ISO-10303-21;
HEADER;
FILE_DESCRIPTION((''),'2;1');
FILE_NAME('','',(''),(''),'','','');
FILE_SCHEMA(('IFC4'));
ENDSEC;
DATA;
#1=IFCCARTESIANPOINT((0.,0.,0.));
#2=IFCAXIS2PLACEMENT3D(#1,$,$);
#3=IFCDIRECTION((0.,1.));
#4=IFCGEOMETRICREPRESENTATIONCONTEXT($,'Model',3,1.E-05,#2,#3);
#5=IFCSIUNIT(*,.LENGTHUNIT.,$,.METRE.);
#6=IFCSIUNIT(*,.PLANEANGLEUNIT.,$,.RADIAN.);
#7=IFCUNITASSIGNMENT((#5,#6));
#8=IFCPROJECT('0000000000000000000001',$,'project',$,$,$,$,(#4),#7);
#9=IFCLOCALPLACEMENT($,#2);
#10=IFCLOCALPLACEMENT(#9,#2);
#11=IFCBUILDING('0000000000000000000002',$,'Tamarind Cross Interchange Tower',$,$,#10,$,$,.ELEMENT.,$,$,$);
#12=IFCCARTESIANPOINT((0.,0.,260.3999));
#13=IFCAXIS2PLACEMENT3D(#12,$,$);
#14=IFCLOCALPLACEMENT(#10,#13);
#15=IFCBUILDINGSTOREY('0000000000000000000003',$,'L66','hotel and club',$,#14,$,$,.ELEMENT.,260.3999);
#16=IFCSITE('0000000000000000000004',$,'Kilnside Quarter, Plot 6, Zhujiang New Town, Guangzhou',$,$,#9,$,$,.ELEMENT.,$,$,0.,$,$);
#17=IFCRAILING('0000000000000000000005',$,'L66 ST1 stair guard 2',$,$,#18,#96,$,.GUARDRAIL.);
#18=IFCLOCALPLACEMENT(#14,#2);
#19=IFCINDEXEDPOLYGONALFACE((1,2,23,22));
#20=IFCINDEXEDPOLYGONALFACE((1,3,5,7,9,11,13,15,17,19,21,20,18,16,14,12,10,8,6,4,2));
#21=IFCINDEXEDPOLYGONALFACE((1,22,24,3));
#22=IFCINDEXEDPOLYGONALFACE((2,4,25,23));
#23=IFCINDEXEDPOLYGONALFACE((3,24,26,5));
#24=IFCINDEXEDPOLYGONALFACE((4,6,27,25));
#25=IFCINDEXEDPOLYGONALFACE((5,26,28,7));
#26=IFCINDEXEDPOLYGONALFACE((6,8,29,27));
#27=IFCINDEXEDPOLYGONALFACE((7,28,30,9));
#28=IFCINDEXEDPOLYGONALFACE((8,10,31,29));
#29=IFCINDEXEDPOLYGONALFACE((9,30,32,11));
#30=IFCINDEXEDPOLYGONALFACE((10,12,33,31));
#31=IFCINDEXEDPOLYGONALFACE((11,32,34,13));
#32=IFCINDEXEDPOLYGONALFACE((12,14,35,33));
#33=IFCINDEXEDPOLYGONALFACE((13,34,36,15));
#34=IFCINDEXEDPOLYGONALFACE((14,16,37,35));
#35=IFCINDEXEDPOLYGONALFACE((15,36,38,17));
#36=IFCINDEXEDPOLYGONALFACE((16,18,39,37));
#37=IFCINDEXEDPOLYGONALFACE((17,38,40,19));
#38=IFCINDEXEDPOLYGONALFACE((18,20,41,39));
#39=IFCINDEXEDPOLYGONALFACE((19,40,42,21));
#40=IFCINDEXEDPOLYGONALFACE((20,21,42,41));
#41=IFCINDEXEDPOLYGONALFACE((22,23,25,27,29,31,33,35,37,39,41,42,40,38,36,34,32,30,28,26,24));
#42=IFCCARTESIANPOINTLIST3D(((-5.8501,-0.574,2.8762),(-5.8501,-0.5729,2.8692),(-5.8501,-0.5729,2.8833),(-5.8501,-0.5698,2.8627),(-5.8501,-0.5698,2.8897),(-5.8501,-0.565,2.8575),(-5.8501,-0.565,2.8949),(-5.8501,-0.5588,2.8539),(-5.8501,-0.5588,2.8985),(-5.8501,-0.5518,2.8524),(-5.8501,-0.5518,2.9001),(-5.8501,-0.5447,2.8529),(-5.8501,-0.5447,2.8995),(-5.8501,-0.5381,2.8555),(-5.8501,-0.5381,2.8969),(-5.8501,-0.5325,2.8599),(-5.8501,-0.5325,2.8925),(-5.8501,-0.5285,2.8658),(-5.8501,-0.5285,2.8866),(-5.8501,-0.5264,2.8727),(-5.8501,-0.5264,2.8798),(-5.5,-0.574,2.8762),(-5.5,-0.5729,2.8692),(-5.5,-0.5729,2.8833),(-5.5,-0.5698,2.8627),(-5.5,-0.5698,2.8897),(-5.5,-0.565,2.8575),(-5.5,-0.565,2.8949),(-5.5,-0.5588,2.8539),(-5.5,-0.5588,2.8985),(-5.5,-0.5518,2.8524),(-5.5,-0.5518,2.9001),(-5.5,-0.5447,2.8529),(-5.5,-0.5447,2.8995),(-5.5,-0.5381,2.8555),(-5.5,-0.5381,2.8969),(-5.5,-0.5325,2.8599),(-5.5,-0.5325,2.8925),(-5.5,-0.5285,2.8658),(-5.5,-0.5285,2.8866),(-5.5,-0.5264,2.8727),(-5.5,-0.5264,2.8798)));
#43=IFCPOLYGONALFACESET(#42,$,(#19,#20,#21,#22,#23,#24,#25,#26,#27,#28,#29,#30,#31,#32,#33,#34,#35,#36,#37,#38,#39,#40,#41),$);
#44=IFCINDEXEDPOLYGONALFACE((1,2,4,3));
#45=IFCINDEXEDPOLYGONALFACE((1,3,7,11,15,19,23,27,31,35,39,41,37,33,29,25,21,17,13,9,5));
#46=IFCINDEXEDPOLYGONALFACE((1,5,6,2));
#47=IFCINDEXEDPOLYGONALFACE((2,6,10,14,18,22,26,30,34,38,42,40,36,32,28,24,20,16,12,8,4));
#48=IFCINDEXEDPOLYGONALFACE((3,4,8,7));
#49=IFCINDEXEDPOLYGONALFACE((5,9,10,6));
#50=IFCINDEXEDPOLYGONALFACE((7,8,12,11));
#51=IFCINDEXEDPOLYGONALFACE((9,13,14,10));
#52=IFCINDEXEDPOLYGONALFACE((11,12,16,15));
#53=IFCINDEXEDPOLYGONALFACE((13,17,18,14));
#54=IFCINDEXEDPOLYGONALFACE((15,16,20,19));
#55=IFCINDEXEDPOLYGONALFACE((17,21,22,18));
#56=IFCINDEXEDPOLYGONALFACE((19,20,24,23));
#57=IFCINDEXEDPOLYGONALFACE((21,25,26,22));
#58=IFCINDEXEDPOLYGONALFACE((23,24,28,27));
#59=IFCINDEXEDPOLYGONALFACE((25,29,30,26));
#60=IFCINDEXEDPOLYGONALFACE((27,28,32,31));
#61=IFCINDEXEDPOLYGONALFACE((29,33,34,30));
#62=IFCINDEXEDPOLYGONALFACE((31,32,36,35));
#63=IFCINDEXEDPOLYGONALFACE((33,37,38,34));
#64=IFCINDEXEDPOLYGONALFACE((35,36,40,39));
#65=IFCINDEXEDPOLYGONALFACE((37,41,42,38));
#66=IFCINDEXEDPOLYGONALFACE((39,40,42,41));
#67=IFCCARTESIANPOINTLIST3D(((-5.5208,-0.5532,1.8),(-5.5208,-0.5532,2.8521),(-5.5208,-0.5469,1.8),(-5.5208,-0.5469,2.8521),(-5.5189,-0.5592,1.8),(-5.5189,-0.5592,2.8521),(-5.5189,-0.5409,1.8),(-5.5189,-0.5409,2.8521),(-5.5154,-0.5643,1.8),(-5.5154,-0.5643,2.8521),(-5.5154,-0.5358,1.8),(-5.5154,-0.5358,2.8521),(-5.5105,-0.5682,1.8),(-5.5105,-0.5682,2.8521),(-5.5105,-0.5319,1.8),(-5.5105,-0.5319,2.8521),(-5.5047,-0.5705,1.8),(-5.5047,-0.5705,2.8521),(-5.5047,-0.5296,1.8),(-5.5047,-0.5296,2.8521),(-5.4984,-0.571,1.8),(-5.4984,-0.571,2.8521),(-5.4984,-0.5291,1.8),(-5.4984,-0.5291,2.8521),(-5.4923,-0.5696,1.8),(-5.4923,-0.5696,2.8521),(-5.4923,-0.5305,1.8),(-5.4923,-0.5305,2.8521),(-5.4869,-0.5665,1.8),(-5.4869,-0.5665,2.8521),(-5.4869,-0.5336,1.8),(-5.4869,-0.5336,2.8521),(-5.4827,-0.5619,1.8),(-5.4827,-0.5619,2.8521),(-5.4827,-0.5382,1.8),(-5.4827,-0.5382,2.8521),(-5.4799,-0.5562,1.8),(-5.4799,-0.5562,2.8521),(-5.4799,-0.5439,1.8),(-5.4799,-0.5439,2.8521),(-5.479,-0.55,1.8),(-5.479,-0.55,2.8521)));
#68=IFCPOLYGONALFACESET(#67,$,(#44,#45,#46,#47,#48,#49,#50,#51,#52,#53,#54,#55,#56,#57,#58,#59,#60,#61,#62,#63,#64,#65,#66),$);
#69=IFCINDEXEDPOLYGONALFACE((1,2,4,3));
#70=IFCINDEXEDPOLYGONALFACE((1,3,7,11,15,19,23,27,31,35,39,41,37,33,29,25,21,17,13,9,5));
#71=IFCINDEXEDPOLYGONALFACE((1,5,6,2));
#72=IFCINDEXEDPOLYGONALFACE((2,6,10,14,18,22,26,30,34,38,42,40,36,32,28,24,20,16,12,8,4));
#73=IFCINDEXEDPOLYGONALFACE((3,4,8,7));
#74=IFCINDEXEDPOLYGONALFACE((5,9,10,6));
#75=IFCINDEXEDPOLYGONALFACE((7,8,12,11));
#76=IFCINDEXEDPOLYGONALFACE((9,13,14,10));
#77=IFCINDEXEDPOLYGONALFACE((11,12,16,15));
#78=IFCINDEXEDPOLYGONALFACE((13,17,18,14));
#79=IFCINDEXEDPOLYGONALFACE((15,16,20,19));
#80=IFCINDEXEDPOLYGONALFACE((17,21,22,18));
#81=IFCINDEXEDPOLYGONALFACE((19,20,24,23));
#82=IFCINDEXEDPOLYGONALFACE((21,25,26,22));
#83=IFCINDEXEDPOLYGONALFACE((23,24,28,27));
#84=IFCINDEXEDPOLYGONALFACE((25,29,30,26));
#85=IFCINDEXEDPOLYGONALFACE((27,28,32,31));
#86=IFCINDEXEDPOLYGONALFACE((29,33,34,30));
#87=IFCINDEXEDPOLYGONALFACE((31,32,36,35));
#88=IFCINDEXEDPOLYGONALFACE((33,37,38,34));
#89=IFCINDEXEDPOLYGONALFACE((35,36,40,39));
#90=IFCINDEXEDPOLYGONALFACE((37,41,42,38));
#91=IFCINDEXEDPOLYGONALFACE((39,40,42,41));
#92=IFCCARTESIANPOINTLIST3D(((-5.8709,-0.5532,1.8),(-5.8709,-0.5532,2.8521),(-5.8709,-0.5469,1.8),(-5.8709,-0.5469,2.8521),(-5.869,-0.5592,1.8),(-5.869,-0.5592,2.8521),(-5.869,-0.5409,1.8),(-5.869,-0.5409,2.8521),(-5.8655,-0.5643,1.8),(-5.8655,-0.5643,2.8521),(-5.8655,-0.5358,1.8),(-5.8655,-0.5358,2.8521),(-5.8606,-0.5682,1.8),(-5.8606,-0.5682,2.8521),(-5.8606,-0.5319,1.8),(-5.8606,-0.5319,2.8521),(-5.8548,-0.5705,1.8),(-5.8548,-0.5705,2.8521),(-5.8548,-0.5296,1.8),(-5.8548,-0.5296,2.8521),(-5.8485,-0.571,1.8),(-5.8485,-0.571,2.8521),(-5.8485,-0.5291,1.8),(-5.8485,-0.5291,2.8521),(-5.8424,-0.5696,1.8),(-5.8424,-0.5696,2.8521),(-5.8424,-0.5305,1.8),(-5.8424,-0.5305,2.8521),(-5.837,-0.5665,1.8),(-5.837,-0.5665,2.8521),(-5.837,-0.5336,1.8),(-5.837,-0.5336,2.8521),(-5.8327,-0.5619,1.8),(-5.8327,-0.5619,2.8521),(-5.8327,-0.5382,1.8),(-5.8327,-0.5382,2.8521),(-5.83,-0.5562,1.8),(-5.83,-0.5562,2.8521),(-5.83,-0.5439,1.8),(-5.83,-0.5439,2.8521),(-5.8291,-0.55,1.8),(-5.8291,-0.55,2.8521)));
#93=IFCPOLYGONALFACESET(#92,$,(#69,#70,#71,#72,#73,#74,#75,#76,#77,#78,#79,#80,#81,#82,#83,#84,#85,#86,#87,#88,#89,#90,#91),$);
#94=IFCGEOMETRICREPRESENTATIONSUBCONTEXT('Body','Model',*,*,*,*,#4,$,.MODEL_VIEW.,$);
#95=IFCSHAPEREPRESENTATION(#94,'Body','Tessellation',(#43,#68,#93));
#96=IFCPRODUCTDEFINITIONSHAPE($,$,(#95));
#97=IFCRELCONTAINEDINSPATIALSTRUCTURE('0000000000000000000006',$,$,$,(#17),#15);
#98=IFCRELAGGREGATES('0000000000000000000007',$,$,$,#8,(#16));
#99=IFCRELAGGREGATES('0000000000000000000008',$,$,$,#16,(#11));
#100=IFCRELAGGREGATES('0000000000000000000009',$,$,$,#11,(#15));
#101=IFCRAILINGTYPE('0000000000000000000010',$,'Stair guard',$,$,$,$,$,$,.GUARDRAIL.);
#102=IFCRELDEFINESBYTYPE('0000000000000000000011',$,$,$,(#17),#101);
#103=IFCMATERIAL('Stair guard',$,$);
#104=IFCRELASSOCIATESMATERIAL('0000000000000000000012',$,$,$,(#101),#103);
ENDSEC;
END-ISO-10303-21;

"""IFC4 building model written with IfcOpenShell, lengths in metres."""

from ifc_helpers import new_model, si_unit, direction, frame, origin, origin_2d, place, context, subcontext, project, spatial, circle, extrude, material, type_object, element, save


model = new_model("IFC4")

# Units and contexts
model_context = context("Model", 3, precision=1e-05, world=origin(), true_north=direction((0.0, 1.0)))
body_context = subcontext(model_context, "Body", "Model", "MODEL_VIEW")
ifc_project = project(units=[si_unit("LENGTHUNIT", "METRE"), si_unit("PLANEANGLEUNIT", "RADIAN")], contexts=[model_context])

# Site, building, storey
site_placement = place(None, origin())
site = spatial("IfcSite", under=ifc_project, at=site_placement, Name="Kilnside Quarter, Plot 6, Zhujiang New Town, Guangzhou", CompositionType="ELEMENT", RefElevation=0.0)
building_placement = place(site_placement, origin())
building = spatial("IfcBuilding", under=site, at=building_placement, Name="Tamarind Cross Interchange Tower", CompositionType="ELEMENT")
storey_placement = place(building_placement, frame((0.0, 0.0, 260.3999)))
storey = spatial("IfcBuildingStorey", under=building, at=storey_placement, Name="L66", Description="hotel and club", CompositionType="ELEMENT", Elevation=260.3999)

# Railing
ifc_material_1 = material(Name="Stair guard")
railing_type_1 = type_object("IfcRailingType", Name="Stair guard", PredefinedType="GUARDRAIL", material=ifc_material_1)
railing_1_placement = place(storey_placement, frame((-5.5, -0.55, 1.8)))
element("IfcRailing", 1, at=railing_1_placement, inside=storey, type_object=railing_type_1, Name="L66 ST1 stair guard 2", PredefinedType="GUARDRAIL", context=body_context, shape_type="SweptSolid", body=[
    extrude(circle(Radius=0.0239, at=origin_2d()), frame((0.0, 0.0, 1.0762), z_axis=(-1.0, 0.0, 0.0), x_axis=(0.0, -1.0, 0.0)), (0.0, 0.0, 1.0), 0.3501),
    extrude(circle(Radius=0.021, at=origin_2d()), origin(), (0.0, 0.0, 1.0), 1.052),
    extrude(circle(Radius=0.021, at=origin_2d()), frame((-0.3501, 0.0, 0.0)), (0.0, 0.0, 1.0), 1.052),
])

save(model, "model.ifc")
